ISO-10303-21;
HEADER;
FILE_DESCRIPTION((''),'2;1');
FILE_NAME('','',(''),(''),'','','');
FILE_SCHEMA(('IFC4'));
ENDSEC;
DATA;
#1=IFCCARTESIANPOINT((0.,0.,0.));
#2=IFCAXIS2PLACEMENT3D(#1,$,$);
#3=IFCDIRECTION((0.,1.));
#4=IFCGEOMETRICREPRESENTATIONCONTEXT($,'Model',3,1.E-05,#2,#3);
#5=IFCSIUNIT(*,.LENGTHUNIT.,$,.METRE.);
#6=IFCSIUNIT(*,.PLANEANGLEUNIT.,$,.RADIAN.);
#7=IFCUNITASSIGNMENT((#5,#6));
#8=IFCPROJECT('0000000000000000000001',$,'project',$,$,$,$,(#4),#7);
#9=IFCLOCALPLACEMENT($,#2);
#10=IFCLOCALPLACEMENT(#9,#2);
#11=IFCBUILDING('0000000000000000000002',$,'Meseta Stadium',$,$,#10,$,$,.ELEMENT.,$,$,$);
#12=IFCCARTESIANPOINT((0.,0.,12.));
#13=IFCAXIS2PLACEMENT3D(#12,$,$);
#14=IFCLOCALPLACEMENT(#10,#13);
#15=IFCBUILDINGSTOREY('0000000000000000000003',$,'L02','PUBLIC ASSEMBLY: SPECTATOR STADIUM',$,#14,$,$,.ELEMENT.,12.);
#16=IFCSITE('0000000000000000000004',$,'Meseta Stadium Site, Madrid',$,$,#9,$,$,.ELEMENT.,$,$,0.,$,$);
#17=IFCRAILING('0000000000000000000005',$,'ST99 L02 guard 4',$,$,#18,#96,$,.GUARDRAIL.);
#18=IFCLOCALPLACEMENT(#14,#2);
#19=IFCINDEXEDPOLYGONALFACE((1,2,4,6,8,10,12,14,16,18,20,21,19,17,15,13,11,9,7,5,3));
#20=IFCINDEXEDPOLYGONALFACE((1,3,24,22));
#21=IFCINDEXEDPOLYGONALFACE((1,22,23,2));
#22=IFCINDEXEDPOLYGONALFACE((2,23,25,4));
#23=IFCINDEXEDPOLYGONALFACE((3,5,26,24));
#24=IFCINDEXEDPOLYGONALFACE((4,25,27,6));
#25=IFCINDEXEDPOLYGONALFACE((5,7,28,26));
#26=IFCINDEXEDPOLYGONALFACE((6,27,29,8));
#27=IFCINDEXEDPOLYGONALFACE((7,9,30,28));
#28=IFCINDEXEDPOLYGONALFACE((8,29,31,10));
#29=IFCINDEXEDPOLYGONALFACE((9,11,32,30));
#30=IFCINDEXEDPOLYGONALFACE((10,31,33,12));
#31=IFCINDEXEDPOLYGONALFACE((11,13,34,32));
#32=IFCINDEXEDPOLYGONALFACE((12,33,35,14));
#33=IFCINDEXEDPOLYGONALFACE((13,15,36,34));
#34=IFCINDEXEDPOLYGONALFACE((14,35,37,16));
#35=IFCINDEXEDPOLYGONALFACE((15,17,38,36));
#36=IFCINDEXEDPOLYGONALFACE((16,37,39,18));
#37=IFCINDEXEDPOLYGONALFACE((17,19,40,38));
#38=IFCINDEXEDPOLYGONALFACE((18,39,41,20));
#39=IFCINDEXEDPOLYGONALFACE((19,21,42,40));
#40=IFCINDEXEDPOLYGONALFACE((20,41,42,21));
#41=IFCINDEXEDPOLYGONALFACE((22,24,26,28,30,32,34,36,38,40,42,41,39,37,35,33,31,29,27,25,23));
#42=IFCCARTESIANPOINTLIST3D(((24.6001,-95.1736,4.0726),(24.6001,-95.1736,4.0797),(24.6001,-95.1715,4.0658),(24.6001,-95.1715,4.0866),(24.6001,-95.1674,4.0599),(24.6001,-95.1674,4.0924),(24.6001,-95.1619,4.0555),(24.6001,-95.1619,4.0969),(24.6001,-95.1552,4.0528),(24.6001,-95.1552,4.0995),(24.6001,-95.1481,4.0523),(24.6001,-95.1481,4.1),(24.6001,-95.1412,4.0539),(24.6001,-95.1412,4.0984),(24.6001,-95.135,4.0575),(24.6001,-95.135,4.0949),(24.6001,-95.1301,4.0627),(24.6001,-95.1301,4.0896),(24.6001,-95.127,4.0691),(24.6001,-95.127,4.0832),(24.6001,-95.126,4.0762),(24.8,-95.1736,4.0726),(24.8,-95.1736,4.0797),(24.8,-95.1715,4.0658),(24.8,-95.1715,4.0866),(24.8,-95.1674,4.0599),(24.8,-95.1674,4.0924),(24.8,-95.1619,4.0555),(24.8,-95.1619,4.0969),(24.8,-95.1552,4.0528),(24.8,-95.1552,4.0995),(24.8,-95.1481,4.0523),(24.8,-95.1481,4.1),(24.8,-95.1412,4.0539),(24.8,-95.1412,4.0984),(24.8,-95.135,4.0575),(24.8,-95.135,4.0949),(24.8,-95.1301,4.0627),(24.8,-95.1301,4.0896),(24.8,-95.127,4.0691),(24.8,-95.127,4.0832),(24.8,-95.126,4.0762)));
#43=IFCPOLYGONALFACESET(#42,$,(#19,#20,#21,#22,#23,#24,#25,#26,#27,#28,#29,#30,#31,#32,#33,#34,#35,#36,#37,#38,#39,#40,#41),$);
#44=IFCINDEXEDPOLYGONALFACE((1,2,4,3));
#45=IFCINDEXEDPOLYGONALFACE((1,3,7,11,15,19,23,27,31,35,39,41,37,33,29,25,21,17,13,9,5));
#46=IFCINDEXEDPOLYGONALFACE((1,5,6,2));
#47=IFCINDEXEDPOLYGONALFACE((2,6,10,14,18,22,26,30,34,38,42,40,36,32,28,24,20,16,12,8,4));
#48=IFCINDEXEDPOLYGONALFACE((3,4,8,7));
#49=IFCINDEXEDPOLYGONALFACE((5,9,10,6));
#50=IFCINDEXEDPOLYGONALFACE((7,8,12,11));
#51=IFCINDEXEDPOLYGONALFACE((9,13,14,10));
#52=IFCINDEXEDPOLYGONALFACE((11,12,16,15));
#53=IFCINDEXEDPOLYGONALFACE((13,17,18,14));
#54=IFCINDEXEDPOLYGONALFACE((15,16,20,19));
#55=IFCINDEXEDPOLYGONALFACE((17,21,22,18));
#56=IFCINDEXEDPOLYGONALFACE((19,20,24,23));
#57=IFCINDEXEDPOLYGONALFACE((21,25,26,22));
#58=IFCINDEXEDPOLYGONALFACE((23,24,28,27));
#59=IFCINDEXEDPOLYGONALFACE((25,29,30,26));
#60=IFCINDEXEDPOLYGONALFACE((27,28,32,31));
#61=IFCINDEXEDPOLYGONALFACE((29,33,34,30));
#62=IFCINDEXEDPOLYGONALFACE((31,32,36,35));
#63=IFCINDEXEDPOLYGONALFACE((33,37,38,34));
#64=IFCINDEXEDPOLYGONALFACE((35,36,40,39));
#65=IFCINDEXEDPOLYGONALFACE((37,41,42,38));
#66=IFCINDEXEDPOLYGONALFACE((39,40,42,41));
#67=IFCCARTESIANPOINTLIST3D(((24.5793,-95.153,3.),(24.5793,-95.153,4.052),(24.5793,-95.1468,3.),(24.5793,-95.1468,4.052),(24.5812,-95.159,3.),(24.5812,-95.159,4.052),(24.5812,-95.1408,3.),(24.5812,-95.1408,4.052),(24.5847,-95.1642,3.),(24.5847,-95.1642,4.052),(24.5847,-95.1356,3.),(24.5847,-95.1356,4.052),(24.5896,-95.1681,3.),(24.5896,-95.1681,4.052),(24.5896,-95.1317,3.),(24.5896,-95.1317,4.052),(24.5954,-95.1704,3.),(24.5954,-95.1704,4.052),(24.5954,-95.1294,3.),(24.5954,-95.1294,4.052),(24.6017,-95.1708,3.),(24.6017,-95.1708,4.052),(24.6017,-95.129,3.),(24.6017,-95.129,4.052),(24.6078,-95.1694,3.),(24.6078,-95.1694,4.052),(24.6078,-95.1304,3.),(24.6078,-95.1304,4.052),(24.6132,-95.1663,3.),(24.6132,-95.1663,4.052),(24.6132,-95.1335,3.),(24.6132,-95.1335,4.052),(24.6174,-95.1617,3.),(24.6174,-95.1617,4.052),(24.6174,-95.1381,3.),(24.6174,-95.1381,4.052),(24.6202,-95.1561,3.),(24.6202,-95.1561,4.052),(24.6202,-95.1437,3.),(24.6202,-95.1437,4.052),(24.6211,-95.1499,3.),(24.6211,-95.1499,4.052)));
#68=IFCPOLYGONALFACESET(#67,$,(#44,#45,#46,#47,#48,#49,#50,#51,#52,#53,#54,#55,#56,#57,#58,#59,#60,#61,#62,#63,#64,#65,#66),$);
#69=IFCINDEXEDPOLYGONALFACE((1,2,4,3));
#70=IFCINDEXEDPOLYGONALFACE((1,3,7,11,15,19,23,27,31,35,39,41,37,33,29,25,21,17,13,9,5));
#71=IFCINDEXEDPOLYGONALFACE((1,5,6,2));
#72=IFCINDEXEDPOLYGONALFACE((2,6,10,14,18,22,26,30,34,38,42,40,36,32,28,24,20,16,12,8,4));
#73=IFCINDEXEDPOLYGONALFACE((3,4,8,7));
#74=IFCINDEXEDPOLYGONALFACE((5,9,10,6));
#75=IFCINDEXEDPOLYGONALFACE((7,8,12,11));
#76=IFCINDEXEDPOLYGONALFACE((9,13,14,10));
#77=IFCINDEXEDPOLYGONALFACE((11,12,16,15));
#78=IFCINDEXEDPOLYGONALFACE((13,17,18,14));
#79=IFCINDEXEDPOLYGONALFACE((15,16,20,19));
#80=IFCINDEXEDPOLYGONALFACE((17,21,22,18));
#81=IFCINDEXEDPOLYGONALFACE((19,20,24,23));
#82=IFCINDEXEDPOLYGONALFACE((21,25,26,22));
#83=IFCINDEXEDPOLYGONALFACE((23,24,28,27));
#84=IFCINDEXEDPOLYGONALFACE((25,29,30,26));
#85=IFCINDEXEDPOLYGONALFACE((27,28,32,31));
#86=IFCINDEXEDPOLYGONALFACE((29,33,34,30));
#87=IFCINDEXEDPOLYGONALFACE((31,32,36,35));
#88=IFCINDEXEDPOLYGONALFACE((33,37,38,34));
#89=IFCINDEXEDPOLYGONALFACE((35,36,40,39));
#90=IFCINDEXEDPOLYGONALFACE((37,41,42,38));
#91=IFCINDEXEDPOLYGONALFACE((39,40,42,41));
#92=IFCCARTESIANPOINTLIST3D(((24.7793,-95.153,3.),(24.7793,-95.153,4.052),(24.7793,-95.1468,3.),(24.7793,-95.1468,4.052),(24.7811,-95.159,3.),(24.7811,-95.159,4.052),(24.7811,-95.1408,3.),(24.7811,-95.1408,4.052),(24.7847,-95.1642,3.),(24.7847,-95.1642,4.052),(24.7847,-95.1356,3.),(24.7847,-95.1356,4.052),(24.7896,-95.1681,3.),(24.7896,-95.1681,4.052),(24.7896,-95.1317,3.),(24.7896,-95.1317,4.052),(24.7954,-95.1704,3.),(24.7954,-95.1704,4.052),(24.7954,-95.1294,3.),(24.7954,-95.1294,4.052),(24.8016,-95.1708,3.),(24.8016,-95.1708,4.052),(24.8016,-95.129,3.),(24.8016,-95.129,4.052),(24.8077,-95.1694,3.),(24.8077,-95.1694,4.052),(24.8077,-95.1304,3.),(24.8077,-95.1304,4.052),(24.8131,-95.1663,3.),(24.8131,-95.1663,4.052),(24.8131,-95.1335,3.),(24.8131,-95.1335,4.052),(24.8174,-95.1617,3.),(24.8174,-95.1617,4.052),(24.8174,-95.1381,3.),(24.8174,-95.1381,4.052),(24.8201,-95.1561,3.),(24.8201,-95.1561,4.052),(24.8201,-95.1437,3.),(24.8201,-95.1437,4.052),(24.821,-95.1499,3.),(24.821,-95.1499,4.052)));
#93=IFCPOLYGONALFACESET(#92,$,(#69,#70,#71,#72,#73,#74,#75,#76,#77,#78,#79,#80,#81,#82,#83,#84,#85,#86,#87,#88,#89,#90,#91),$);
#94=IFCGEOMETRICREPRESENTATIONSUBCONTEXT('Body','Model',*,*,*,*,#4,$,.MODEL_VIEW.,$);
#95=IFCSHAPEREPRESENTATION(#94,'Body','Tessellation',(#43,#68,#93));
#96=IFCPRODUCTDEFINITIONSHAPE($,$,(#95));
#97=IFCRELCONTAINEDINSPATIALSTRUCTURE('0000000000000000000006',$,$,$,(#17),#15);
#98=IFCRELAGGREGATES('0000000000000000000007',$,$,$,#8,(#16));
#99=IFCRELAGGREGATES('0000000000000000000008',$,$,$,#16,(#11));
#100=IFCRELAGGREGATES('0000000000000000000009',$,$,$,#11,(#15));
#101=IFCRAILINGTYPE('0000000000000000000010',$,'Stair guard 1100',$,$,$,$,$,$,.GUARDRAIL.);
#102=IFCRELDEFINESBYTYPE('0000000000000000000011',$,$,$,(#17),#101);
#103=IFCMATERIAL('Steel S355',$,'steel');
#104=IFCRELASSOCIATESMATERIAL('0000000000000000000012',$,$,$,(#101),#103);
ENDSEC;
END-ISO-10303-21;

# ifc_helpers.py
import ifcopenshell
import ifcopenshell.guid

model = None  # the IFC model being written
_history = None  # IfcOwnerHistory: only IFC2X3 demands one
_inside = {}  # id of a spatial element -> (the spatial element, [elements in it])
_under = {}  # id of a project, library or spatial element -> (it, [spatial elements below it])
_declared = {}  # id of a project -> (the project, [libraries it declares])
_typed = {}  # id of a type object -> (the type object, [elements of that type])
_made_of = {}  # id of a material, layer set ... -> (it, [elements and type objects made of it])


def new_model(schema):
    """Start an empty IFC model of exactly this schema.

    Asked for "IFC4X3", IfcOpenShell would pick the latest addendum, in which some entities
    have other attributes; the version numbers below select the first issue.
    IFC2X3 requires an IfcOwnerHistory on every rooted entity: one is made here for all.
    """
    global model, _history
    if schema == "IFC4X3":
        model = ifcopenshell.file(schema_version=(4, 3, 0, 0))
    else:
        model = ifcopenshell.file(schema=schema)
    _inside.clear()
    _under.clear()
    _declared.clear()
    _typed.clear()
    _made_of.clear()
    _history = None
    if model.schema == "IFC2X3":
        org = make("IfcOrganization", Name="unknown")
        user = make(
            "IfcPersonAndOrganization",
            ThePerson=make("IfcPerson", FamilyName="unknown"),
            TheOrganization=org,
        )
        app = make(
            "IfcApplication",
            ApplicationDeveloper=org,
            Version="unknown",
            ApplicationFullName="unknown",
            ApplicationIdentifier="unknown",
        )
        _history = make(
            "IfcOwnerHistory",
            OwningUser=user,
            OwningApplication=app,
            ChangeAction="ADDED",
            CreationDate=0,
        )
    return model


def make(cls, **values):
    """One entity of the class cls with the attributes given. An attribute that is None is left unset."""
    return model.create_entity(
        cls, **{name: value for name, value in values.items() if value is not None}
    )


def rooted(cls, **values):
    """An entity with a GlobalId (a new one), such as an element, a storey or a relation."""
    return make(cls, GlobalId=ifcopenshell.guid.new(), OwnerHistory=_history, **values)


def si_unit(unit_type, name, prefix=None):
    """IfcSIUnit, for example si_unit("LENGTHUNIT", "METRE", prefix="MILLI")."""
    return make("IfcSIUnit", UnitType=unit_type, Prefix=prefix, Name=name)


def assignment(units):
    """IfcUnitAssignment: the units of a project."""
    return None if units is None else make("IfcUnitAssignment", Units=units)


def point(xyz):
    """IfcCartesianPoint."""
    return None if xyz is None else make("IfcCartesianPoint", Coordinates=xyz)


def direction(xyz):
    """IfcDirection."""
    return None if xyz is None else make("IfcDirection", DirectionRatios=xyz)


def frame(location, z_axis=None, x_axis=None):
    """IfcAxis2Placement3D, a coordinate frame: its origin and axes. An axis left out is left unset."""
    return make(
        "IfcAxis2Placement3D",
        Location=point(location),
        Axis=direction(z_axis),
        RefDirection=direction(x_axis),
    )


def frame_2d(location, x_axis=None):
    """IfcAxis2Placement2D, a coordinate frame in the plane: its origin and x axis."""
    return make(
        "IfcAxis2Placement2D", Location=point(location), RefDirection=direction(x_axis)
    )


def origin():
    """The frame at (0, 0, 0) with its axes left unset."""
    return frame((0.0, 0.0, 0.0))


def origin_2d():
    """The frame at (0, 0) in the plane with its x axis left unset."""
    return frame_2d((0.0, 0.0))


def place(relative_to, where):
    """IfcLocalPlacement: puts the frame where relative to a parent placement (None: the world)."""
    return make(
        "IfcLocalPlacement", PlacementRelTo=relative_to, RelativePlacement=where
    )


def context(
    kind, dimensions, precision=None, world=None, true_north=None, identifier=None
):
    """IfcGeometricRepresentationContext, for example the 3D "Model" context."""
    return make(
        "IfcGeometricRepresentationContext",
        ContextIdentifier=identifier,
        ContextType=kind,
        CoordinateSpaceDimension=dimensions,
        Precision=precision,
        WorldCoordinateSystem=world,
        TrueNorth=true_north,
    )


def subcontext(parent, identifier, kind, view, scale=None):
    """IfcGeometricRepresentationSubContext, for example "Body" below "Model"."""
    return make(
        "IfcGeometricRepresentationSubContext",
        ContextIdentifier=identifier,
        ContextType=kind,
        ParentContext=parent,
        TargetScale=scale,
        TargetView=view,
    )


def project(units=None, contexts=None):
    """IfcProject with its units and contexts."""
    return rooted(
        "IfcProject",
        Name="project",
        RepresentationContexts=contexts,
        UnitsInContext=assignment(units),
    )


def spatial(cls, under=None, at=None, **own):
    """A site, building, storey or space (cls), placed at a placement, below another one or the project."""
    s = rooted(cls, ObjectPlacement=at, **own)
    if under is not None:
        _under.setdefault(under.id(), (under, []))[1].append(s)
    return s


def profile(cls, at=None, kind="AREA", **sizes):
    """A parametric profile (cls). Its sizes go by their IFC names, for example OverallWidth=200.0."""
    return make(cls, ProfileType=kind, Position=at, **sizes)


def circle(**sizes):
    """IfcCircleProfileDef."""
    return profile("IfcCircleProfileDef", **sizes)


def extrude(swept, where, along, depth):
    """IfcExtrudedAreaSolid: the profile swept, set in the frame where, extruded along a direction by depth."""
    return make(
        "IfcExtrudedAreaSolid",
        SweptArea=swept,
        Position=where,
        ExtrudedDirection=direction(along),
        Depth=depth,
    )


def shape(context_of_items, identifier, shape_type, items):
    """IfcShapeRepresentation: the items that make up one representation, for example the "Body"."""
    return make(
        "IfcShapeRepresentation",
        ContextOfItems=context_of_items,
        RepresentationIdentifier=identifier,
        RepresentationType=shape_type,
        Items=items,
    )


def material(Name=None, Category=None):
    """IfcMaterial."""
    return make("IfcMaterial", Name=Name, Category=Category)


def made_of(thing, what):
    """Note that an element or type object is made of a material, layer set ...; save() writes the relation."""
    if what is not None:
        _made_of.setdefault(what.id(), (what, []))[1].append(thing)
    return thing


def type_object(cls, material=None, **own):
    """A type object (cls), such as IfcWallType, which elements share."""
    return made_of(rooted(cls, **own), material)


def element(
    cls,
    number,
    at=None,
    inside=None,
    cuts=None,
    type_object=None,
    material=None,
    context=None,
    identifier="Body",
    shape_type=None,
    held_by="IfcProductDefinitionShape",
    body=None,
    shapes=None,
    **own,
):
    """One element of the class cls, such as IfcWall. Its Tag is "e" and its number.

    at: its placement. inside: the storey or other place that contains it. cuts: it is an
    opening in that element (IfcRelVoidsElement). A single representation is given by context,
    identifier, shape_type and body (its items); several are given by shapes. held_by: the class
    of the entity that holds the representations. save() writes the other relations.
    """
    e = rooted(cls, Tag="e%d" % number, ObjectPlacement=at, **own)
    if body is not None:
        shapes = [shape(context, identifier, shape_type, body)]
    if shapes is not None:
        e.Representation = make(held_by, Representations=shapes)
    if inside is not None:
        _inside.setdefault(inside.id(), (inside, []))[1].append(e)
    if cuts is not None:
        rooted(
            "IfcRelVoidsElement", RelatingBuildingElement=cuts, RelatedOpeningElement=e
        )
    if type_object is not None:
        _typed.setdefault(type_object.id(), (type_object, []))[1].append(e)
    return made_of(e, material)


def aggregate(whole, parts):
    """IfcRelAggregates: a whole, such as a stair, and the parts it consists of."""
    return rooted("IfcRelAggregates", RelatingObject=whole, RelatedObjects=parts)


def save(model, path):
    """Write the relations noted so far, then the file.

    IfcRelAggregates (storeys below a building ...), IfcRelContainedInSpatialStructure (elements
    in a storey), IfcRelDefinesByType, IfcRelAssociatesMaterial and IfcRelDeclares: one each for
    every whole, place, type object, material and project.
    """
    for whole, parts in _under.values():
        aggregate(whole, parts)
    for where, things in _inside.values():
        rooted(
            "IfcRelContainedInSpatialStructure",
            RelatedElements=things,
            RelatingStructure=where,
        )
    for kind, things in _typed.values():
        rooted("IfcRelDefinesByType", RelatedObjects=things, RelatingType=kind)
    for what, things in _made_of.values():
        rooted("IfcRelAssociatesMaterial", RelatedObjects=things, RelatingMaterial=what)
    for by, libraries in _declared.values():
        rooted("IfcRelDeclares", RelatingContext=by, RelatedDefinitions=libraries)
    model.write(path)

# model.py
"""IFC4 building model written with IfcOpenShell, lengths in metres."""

from ifc_helpers import new_model, si_unit, direction, frame, origin, origin_2d, place, context, subcontext, project, spatial, circle, extrude, material, type_object, element, save


model = new_model("IFC4")

# Units and contexts
model_context = context("Model", 3, precision=1e-05, world=origin(), true_north=direction((0.0, 1.0)))
body_context = subcontext(model_context, "Body", "Model", "MODEL_VIEW")
ifc_project = project(units=[si_unit("LENGTHUNIT", "METRE"), si_unit("PLANEANGLEUNIT", "RADIAN")], contexts=[model_context])

# Site, building, storey
site_placement = place(None, origin())
site = spatial("IfcSite", under=ifc_project, at=site_placement, Name="Meseta Stadium Site, Madrid", CompositionType="ELEMENT", RefElevation=0.0)
building_placement = place(site_placement, origin())
building = spatial("IfcBuilding", under=site, at=building_placement, Name="Meseta Stadium", CompositionType="ELEMENT")
storey_placement = place(building_placement, frame((0.0, 0.0, 12.0)))
storey = spatial("IfcBuildingStorey", under=building, at=storey_placement, Name="L02", Description="PUBLIC ASSEMBLY: SPECTATOR STADIUM", CompositionType="ELEMENT", Elevation=12.0)

# Railing
ifc_material_1 = material(Name="Steel S355", Category="steel")
railing_type_1 = type_object("IfcRailingType", Name="Stair guard 1100", PredefinedType="GUARDRAIL", material=ifc_material_1)
railing_1_placement = place(storey_placement, frame((24.6001, -95.1499, 3.0)))
element("IfcRailing", 1, at=railing_1_placement, inside=storey, type_object=railing_type_1, Name="ST99 L02 guard 4", PredefinedType="GUARDRAIL", context=body_context, shape_type="SweptSolid", body=[
    extrude(circle(Radius=0.0239, at=origin_2d()), frame((0.0, 0.0, 1.0762), z_axis=(1.0, 0.0, 0.0), x_axis=(0.0, 1.0, 0.0)), (0.0, 0.0, 1.0), 0.2),
    extrude(circle(Radius=0.021, at=origin_2d()), origin(), (0.0, 0.0, 1.0), 1.052),
    extrude(circle(Radius=0.021, at=origin_2d()), frame((0.2, 0.0, 0.0)), (0.0, 0.0, 1.0), 1.052),
])

save(model, "model.ifc")
